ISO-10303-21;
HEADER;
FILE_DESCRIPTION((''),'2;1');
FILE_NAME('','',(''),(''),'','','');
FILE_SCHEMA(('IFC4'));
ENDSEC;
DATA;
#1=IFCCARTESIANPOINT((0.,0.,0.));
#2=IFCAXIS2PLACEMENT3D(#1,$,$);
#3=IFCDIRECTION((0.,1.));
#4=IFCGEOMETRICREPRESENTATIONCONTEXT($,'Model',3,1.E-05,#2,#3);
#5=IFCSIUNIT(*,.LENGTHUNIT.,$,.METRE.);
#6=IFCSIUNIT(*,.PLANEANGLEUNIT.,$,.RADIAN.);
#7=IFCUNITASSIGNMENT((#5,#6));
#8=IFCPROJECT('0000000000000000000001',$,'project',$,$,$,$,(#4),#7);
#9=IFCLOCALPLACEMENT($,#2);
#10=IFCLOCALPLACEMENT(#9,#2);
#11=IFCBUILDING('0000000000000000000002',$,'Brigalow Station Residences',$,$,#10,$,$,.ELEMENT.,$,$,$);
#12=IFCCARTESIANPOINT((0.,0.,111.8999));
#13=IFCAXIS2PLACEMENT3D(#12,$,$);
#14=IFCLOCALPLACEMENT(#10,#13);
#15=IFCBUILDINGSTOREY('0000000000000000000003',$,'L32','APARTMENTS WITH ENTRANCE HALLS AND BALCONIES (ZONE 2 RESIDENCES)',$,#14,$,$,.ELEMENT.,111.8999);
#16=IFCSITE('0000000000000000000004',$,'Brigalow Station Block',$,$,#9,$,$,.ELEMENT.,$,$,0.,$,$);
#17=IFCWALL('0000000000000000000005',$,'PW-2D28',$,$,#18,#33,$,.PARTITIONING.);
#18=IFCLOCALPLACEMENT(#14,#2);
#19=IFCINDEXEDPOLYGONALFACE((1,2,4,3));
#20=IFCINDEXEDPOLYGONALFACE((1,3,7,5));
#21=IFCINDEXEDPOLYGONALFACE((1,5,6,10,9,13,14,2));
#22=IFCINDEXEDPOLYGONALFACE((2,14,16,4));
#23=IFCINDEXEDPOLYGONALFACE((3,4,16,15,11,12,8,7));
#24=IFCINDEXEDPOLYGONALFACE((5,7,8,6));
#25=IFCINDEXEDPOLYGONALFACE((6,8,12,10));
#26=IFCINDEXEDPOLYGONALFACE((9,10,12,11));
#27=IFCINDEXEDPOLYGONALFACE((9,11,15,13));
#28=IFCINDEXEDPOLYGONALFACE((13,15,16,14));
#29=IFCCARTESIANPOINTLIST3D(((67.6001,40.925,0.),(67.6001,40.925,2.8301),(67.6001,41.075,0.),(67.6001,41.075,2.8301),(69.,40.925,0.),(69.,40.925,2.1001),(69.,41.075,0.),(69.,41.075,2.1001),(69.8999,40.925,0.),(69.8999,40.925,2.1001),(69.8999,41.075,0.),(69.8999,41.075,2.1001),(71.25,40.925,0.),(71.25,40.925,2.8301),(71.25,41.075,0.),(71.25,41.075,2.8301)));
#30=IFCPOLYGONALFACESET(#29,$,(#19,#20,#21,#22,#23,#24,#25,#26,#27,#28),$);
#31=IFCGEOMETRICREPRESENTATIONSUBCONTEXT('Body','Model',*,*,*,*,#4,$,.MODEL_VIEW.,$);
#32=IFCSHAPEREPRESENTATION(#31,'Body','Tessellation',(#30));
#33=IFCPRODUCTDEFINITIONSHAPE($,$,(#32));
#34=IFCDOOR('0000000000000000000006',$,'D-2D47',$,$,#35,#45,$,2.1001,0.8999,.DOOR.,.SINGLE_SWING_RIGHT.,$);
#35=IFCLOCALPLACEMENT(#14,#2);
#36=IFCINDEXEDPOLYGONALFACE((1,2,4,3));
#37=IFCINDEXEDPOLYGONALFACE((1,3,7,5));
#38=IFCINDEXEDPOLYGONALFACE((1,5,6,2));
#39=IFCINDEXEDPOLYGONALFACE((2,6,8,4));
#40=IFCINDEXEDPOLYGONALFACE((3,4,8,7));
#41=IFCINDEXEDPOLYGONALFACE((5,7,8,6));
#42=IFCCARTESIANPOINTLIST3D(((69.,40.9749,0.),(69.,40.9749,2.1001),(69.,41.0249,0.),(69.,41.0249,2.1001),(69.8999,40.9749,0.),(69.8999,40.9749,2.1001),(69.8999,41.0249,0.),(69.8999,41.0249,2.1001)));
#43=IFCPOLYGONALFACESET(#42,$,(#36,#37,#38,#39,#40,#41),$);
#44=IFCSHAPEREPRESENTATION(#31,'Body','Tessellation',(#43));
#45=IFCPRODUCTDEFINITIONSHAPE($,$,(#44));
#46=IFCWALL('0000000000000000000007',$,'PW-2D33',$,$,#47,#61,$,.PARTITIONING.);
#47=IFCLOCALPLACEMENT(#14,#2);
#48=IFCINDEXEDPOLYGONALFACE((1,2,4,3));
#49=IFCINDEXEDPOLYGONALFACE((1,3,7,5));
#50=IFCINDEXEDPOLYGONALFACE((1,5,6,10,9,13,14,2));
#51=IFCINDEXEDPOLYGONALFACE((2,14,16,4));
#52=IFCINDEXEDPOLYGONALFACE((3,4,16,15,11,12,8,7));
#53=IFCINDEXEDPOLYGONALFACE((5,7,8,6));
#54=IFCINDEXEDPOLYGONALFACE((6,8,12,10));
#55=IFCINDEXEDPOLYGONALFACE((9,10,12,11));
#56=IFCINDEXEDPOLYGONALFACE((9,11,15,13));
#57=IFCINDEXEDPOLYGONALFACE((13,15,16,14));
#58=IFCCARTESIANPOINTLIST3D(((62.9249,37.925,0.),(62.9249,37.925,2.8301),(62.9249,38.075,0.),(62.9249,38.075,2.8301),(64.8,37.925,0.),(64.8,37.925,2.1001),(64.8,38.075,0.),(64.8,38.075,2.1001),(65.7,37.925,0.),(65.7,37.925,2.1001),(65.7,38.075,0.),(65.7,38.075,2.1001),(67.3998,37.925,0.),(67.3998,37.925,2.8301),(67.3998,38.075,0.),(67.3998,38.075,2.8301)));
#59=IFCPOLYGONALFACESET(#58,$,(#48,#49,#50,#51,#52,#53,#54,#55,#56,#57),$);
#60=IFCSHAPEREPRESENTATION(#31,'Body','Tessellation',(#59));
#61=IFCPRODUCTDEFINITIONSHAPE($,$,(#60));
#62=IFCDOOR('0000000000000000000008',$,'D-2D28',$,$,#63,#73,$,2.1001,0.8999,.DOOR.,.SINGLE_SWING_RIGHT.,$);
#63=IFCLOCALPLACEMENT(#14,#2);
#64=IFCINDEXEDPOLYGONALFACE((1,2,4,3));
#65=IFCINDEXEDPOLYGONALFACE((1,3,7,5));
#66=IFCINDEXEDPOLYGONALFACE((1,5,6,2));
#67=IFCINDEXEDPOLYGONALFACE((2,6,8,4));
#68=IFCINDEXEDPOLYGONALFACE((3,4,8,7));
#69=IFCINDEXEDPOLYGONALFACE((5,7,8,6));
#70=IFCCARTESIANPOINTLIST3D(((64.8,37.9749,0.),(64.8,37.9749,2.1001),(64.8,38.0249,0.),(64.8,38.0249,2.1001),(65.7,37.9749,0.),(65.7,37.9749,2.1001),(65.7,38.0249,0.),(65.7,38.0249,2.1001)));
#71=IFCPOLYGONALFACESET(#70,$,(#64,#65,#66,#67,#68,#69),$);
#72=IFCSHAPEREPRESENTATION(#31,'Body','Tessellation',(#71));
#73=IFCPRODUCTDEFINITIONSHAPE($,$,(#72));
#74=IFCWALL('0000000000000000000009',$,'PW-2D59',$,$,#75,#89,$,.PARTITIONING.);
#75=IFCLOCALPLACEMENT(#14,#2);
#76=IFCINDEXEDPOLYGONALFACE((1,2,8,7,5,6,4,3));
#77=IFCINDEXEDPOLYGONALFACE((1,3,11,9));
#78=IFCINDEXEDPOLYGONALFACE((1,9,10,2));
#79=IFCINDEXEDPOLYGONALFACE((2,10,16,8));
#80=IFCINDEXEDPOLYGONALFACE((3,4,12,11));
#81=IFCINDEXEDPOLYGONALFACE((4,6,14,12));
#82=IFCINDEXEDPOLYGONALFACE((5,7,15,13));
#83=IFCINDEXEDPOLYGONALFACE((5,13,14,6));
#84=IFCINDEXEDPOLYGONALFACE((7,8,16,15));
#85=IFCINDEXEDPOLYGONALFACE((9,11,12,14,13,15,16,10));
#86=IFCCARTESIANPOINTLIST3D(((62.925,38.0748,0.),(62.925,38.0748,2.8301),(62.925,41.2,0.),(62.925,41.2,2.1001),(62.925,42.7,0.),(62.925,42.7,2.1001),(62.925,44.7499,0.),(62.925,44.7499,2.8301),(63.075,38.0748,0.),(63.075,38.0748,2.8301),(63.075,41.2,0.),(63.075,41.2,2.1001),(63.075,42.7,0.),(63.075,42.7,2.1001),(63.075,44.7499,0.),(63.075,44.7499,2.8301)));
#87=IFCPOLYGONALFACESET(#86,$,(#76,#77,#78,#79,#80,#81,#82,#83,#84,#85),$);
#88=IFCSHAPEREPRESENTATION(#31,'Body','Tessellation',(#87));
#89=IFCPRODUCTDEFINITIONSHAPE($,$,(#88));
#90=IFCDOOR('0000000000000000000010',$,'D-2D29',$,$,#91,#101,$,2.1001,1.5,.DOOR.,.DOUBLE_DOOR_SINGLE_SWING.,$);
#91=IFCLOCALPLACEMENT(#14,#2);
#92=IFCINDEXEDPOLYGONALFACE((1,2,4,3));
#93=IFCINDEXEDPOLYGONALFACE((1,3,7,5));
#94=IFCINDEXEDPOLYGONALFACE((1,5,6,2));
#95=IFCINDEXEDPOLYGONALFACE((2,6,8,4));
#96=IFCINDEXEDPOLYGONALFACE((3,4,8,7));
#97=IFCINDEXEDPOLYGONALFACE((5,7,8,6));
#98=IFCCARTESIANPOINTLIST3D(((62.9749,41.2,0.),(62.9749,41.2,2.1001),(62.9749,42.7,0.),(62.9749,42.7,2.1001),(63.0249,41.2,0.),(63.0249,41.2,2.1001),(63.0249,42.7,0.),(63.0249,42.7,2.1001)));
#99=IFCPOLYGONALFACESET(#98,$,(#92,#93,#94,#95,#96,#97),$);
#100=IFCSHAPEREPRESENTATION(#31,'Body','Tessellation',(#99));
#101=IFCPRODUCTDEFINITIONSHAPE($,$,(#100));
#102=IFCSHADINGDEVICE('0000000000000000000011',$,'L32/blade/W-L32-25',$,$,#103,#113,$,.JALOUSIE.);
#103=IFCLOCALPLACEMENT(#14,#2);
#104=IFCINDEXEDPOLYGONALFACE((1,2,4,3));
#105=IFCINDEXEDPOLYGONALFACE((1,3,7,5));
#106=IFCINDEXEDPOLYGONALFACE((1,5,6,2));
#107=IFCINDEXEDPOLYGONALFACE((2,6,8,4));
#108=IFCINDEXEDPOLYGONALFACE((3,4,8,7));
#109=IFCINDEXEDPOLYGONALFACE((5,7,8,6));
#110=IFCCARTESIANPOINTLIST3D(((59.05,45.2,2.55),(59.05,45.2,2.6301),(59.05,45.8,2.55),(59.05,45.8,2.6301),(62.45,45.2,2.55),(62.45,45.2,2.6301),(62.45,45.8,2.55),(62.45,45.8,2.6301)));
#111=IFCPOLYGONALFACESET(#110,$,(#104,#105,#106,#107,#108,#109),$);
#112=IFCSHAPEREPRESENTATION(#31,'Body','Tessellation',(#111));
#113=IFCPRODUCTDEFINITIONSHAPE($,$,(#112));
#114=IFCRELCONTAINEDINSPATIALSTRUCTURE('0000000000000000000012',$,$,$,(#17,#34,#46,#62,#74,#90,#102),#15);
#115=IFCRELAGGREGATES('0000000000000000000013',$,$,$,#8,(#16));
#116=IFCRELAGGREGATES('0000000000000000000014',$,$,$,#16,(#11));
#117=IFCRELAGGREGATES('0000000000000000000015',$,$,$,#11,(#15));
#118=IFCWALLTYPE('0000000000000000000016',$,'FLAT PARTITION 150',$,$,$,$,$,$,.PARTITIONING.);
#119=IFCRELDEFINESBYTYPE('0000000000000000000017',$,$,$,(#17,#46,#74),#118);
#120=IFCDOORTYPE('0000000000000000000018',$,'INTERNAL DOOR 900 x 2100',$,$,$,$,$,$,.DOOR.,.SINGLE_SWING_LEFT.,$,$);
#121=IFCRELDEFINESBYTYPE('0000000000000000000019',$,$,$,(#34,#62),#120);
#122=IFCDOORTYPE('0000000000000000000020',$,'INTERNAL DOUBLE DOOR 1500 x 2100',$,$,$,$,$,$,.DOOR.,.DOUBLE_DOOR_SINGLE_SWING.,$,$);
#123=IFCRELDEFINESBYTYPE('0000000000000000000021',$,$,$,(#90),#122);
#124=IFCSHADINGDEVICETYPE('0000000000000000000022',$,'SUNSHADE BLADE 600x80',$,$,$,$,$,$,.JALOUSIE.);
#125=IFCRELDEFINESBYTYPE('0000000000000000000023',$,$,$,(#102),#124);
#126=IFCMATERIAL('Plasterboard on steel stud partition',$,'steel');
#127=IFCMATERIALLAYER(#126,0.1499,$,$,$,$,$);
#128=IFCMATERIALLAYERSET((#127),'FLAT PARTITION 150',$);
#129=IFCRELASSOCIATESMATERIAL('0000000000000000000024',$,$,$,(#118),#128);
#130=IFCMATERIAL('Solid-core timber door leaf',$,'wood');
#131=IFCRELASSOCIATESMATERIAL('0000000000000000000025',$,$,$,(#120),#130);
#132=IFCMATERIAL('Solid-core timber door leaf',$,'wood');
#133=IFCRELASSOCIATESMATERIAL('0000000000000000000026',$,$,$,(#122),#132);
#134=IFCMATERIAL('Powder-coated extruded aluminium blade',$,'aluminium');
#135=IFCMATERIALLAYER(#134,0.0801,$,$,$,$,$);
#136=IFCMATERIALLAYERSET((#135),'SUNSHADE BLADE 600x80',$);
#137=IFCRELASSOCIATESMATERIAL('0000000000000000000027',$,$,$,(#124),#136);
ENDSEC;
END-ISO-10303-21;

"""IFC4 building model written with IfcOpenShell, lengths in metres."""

from ifc_helpers import new_model, si_unit, direction, frame, frame_2d, origin, origin_2d, place, context, subcontext, project, spatial, rectangle, extrude, material, layer, layer_set, type_object, element, fill, save


model = new_model("IFC4")

# Units and contexts
model_context = context("Model", 3, precision=1e-05, world=origin(), true_north=direction((0.0, 1.0)))
body_context = subcontext(model_context, "Body", "Model", "MODEL_VIEW")
ifc_project = project(units=[si_unit("LENGTHUNIT", "METRE"), si_unit("PLANEANGLEUNIT", "RADIAN")], contexts=[model_context])

# Site, building, storey
site_placement = place(None, origin())
site = spatial("IfcSite", under=ifc_project, at=site_placement, Name="Brigalow Station Block", CompositionType="ELEMENT", RefElevation=0.0)
building_placement = place(site_placement, origin())
building = spatial("IfcBuilding", under=site, at=building_placement, Name="Brigalow Station Residences", CompositionType="ELEMENT")
storey_placement = place(building_placement, frame((0.0, 0.0, 111.8999)))
storey = spatial("IfcBuildingStorey", under=building, at=storey_placement, Name="L32", Description="APARTMENTS WITH ENTRANCE HALLS AND BALCONIES (ZONE 2 RESIDENCES)", CompositionType="ELEMENT", Elevation=111.8999)

# Walls, openings, doors
ifc_material_1 = material(Name="Plasterboard on steel stud partition", Category="steel")
ifc_layer_1 = layer(ifc_material_1, 0.1499)
ifc_layer_set_1 = layer_set([ifc_layer_1], Name="FLAT PARTITION 150")
wall_type_1 = type_object("IfcWallType", Name="FLAT PARTITION 150", PredefinedType="PARTITIONING", material=ifc_layer_set_1)
wall_1_placement = place(storey_placement, frame((67.6001, 41.0, 0.0), z_axis=(0.0, 0.0, 1.0), x_axis=(1.0, 0.0, 0.0)))
wall_1 = element("IfcWall", 1, at=wall_1_placement, inside=storey, type_object=wall_type_1, Name="PW-2D28", PredefinedType="PARTITIONING", context=body_context, shape_type="SweptSolid", body=[
    extrude(rectangle(XDim=3.6499, YDim=0.1499, at=frame_2d((1.825, 0.0))), origin(), (0.0, 0.0, 1.0), 2.8301),
])
opening_1_placement = place(wall_1_placement, frame((1.3999, 0.0, 0.0)))
opening_1 = element("IfcOpeningElement", 2, at=opening_1_placement, cuts=wall_1, PredefinedType="OPENING", context=body_context, shape_type="SweptSolid", body=[
    extrude(rectangle(XDim=0.8999, YDim=2.1001, at=frame_2d((0.45, 1.05))), frame((0.0, 0.085, 0.0), z_axis=(0.0, -1.0, 0.0), x_axis=(1.0, 0.0, 0.0)), (0.0, 0.0, 1.0), 0.1699),
])
ifc_material_2 = material(Name="Solid-core timber door leaf", Category="wood")
door_type_1 = type_object("IfcDoorType", Name="INTERNAL DOOR 900 x 2100", OperationType="SINGLE_SWING_LEFT", PredefinedType="DOOR", material=ifc_material_2)
door_1_placement = place(opening_1_placement, origin())
door_1 = element("IfcDoor", 3, at=door_1_placement, inside=storey, type_object=door_type_1, Name="D-2D47", OperationType="SINGLE_SWING_RIGHT", OverallHeight=2.1001, OverallWidth=0.8999, PredefinedType="DOOR", context=body_context, shape_type="SweptSolid", body=[
    extrude(rectangle(XDim=0.8999, YDim=2.1001, at=frame_2d((0.45, 1.05))), frame((0.0, 0.0249, 0.0), z_axis=(0.0, -1.0, 0.0), x_axis=(1.0, 0.0, 0.0)), (0.0, 0.0, 1.0), 0.05),
])
fill(opening_1, door_1)
wall_2_placement = place(storey_placement, frame((62.925, 38.0, 0.0), z_axis=(0.0, 0.0, 1.0), x_axis=(1.0, 0.0, 0.0)))
wall_2 = element("IfcWall", 4, at=wall_2_placement, inside=storey, type_object=wall_type_1, Name="PW-2D33", PredefinedType="PARTITIONING", context=body_context, shape_type="SweptSolid", body=[
    extrude(rectangle(XDim=4.4749, YDim=0.1499, at=frame_2d((2.2373, 0.0))), origin(), (0.0, 0.0, 1.0), 2.8301),
])
opening_2_placement = place(wall_2_placement, frame((1.875, 0.0, 0.0)))
opening_2 = element("IfcOpeningElement", 5, at=opening_2_placement, cuts=wall_2, PredefinedType="OPENING", context=body_context, shape_type="SweptSolid", body=[
    extrude(rectangle(XDim=0.8999, YDim=2.1001, at=frame_2d((0.45, 1.05))), frame((0.0, 0.085, 0.0), z_axis=(0.0, -1.0, 0.0), x_axis=(1.0, 0.0, 0.0)), (0.0, 0.0, 1.0), 0.1699),
])
door_2_placement = place(opening_2_placement, origin())
door_2 = element("IfcDoor", 6, at=door_2_placement, inside=storey, type_object=door_type_1, Name="D-2D28", OperationType="SINGLE_SWING_RIGHT", OverallHeight=2.1001, OverallWidth=0.8999, PredefinedType="DOOR", context=body_context, shape_type="SweptSolid", body=[
    extrude(rectangle(XDim=0.8999, YDim=2.1001, at=frame_2d((0.45, 1.05))), frame((0.0, 0.0249, 0.0), z_axis=(0.0, -1.0, 0.0), x_axis=(1.0, 0.0, 0.0)), (0.0, 0.0, 1.0), 0.05),
])
fill(opening_2, door_2)
wall_3_placement = place(storey_placement, frame((63.0, 38.075, 0.0), z_axis=(0.0, 0.0, 1.0), x_axis=(0.0, 1.0, 0.0)))
wall_3 = element("IfcWall", 7, at=wall_3_placement, inside=storey, type_object=wall_type_1, Name="PW-2D59", PredefinedType="PARTITIONING", context=body_context, shape_type="SweptSolid", body=[
    extrude(rectangle(XDim=6.675, YDim=0.1499, at=frame_2d((3.3374, 0.0))), origin(), (0.0, 0.0, 1.0), 2.8301),
])
opening_3_placement = place(wall_3_placement, frame((3.125, 0.0, 0.0)))
opening_3 = element("IfcOpeningElement", 8, at=opening_3_placement, cuts=wall_3, PredefinedType="OPENING", context=body_context, shape_type="SweptSolid", body=[
    extrude(rectangle(XDim=1.5, YDim=2.1001, at=frame_2d((0.75, 1.05))), frame((0.0, 0.085, 0.0), z_axis=(0.0, -1.0, 0.0), x_axis=(1.0, 0.0, 0.0)), (0.0, 0.0, 1.0), 0.1699),
])
ifc_material_3 = material(Name="Solid-core timber door leaf", Category="wood")
door_type_2 = type_object("IfcDoorType", Name="INTERNAL DOUBLE DOOR 1500 x 2100", OperationType="DOUBLE_DOOR_SINGLE_SWING", PredefinedType="DOOR", material=ifc_material_3)
door_3_placement = place(opening_3_placement, frame((1.5, 0.0, 0.0), z_axis=(0.0, 0.0, 1.0), x_axis=(-1.0, 0.0, 0.0)))
door_3 = element("IfcDoor", 9, at=door_3_placement, inside=storey, type_object=door_type_2, Name="D-2D29", OperationType="DOUBLE_DOOR_SINGLE_SWING", OverallHeight=2.1001, OverallWidth=1.5, PredefinedType="DOOR", context=body_context, shape_type="SweptSolid", body=[
    extrude(rectangle(XDim=1.5, YDim=2.1001, at=frame_2d((0.75, 1.05))), frame((0.0, 0.0249, 0.0), z_axis=(0.0, -1.0, 0.0), x_axis=(1.0, 0.0, 0.0)), (0.0, 0.0, 1.0), 0.05),
])
fill(opening_3, door_3)

# Shading device
ifc_material_4 = material(Name="Powder-coated extruded aluminium blade", Category="aluminium")
ifc_layer_2 = layer(ifc_material_4, 0.0801)
ifc_layer_set_2 = layer_set([ifc_layer_2], Name="SUNSHADE BLADE 600x80")
shading_device_type = type_object("IfcShadingDeviceType", Name="SUNSHADE BLADE 600x80", PredefinedType="JALOUSIE", material=ifc_layer_set_2)
shading_device_placement = place(storey_placement, frame((60.75, 45.5, 2.55), z_axis=(0.0, 0.0, 1.0), x_axis=(-1.0, 0.0, 0.0)))
element("IfcShadingDevice", 10, at=shading_device_placement, inside=storey, type_object=shading_device_type, Name="L32/blade/W-L32-25", PredefinedType="JALOUSIE", context=body_context, shape_type="SweptSolid", body=[
    extrude(rectangle(XDim=3.3999, YDim=0.6001, at=origin_2d()), origin(), (0.0, 0.0, 1.0), 0.0801),
])

save(model, "model.ifc")
